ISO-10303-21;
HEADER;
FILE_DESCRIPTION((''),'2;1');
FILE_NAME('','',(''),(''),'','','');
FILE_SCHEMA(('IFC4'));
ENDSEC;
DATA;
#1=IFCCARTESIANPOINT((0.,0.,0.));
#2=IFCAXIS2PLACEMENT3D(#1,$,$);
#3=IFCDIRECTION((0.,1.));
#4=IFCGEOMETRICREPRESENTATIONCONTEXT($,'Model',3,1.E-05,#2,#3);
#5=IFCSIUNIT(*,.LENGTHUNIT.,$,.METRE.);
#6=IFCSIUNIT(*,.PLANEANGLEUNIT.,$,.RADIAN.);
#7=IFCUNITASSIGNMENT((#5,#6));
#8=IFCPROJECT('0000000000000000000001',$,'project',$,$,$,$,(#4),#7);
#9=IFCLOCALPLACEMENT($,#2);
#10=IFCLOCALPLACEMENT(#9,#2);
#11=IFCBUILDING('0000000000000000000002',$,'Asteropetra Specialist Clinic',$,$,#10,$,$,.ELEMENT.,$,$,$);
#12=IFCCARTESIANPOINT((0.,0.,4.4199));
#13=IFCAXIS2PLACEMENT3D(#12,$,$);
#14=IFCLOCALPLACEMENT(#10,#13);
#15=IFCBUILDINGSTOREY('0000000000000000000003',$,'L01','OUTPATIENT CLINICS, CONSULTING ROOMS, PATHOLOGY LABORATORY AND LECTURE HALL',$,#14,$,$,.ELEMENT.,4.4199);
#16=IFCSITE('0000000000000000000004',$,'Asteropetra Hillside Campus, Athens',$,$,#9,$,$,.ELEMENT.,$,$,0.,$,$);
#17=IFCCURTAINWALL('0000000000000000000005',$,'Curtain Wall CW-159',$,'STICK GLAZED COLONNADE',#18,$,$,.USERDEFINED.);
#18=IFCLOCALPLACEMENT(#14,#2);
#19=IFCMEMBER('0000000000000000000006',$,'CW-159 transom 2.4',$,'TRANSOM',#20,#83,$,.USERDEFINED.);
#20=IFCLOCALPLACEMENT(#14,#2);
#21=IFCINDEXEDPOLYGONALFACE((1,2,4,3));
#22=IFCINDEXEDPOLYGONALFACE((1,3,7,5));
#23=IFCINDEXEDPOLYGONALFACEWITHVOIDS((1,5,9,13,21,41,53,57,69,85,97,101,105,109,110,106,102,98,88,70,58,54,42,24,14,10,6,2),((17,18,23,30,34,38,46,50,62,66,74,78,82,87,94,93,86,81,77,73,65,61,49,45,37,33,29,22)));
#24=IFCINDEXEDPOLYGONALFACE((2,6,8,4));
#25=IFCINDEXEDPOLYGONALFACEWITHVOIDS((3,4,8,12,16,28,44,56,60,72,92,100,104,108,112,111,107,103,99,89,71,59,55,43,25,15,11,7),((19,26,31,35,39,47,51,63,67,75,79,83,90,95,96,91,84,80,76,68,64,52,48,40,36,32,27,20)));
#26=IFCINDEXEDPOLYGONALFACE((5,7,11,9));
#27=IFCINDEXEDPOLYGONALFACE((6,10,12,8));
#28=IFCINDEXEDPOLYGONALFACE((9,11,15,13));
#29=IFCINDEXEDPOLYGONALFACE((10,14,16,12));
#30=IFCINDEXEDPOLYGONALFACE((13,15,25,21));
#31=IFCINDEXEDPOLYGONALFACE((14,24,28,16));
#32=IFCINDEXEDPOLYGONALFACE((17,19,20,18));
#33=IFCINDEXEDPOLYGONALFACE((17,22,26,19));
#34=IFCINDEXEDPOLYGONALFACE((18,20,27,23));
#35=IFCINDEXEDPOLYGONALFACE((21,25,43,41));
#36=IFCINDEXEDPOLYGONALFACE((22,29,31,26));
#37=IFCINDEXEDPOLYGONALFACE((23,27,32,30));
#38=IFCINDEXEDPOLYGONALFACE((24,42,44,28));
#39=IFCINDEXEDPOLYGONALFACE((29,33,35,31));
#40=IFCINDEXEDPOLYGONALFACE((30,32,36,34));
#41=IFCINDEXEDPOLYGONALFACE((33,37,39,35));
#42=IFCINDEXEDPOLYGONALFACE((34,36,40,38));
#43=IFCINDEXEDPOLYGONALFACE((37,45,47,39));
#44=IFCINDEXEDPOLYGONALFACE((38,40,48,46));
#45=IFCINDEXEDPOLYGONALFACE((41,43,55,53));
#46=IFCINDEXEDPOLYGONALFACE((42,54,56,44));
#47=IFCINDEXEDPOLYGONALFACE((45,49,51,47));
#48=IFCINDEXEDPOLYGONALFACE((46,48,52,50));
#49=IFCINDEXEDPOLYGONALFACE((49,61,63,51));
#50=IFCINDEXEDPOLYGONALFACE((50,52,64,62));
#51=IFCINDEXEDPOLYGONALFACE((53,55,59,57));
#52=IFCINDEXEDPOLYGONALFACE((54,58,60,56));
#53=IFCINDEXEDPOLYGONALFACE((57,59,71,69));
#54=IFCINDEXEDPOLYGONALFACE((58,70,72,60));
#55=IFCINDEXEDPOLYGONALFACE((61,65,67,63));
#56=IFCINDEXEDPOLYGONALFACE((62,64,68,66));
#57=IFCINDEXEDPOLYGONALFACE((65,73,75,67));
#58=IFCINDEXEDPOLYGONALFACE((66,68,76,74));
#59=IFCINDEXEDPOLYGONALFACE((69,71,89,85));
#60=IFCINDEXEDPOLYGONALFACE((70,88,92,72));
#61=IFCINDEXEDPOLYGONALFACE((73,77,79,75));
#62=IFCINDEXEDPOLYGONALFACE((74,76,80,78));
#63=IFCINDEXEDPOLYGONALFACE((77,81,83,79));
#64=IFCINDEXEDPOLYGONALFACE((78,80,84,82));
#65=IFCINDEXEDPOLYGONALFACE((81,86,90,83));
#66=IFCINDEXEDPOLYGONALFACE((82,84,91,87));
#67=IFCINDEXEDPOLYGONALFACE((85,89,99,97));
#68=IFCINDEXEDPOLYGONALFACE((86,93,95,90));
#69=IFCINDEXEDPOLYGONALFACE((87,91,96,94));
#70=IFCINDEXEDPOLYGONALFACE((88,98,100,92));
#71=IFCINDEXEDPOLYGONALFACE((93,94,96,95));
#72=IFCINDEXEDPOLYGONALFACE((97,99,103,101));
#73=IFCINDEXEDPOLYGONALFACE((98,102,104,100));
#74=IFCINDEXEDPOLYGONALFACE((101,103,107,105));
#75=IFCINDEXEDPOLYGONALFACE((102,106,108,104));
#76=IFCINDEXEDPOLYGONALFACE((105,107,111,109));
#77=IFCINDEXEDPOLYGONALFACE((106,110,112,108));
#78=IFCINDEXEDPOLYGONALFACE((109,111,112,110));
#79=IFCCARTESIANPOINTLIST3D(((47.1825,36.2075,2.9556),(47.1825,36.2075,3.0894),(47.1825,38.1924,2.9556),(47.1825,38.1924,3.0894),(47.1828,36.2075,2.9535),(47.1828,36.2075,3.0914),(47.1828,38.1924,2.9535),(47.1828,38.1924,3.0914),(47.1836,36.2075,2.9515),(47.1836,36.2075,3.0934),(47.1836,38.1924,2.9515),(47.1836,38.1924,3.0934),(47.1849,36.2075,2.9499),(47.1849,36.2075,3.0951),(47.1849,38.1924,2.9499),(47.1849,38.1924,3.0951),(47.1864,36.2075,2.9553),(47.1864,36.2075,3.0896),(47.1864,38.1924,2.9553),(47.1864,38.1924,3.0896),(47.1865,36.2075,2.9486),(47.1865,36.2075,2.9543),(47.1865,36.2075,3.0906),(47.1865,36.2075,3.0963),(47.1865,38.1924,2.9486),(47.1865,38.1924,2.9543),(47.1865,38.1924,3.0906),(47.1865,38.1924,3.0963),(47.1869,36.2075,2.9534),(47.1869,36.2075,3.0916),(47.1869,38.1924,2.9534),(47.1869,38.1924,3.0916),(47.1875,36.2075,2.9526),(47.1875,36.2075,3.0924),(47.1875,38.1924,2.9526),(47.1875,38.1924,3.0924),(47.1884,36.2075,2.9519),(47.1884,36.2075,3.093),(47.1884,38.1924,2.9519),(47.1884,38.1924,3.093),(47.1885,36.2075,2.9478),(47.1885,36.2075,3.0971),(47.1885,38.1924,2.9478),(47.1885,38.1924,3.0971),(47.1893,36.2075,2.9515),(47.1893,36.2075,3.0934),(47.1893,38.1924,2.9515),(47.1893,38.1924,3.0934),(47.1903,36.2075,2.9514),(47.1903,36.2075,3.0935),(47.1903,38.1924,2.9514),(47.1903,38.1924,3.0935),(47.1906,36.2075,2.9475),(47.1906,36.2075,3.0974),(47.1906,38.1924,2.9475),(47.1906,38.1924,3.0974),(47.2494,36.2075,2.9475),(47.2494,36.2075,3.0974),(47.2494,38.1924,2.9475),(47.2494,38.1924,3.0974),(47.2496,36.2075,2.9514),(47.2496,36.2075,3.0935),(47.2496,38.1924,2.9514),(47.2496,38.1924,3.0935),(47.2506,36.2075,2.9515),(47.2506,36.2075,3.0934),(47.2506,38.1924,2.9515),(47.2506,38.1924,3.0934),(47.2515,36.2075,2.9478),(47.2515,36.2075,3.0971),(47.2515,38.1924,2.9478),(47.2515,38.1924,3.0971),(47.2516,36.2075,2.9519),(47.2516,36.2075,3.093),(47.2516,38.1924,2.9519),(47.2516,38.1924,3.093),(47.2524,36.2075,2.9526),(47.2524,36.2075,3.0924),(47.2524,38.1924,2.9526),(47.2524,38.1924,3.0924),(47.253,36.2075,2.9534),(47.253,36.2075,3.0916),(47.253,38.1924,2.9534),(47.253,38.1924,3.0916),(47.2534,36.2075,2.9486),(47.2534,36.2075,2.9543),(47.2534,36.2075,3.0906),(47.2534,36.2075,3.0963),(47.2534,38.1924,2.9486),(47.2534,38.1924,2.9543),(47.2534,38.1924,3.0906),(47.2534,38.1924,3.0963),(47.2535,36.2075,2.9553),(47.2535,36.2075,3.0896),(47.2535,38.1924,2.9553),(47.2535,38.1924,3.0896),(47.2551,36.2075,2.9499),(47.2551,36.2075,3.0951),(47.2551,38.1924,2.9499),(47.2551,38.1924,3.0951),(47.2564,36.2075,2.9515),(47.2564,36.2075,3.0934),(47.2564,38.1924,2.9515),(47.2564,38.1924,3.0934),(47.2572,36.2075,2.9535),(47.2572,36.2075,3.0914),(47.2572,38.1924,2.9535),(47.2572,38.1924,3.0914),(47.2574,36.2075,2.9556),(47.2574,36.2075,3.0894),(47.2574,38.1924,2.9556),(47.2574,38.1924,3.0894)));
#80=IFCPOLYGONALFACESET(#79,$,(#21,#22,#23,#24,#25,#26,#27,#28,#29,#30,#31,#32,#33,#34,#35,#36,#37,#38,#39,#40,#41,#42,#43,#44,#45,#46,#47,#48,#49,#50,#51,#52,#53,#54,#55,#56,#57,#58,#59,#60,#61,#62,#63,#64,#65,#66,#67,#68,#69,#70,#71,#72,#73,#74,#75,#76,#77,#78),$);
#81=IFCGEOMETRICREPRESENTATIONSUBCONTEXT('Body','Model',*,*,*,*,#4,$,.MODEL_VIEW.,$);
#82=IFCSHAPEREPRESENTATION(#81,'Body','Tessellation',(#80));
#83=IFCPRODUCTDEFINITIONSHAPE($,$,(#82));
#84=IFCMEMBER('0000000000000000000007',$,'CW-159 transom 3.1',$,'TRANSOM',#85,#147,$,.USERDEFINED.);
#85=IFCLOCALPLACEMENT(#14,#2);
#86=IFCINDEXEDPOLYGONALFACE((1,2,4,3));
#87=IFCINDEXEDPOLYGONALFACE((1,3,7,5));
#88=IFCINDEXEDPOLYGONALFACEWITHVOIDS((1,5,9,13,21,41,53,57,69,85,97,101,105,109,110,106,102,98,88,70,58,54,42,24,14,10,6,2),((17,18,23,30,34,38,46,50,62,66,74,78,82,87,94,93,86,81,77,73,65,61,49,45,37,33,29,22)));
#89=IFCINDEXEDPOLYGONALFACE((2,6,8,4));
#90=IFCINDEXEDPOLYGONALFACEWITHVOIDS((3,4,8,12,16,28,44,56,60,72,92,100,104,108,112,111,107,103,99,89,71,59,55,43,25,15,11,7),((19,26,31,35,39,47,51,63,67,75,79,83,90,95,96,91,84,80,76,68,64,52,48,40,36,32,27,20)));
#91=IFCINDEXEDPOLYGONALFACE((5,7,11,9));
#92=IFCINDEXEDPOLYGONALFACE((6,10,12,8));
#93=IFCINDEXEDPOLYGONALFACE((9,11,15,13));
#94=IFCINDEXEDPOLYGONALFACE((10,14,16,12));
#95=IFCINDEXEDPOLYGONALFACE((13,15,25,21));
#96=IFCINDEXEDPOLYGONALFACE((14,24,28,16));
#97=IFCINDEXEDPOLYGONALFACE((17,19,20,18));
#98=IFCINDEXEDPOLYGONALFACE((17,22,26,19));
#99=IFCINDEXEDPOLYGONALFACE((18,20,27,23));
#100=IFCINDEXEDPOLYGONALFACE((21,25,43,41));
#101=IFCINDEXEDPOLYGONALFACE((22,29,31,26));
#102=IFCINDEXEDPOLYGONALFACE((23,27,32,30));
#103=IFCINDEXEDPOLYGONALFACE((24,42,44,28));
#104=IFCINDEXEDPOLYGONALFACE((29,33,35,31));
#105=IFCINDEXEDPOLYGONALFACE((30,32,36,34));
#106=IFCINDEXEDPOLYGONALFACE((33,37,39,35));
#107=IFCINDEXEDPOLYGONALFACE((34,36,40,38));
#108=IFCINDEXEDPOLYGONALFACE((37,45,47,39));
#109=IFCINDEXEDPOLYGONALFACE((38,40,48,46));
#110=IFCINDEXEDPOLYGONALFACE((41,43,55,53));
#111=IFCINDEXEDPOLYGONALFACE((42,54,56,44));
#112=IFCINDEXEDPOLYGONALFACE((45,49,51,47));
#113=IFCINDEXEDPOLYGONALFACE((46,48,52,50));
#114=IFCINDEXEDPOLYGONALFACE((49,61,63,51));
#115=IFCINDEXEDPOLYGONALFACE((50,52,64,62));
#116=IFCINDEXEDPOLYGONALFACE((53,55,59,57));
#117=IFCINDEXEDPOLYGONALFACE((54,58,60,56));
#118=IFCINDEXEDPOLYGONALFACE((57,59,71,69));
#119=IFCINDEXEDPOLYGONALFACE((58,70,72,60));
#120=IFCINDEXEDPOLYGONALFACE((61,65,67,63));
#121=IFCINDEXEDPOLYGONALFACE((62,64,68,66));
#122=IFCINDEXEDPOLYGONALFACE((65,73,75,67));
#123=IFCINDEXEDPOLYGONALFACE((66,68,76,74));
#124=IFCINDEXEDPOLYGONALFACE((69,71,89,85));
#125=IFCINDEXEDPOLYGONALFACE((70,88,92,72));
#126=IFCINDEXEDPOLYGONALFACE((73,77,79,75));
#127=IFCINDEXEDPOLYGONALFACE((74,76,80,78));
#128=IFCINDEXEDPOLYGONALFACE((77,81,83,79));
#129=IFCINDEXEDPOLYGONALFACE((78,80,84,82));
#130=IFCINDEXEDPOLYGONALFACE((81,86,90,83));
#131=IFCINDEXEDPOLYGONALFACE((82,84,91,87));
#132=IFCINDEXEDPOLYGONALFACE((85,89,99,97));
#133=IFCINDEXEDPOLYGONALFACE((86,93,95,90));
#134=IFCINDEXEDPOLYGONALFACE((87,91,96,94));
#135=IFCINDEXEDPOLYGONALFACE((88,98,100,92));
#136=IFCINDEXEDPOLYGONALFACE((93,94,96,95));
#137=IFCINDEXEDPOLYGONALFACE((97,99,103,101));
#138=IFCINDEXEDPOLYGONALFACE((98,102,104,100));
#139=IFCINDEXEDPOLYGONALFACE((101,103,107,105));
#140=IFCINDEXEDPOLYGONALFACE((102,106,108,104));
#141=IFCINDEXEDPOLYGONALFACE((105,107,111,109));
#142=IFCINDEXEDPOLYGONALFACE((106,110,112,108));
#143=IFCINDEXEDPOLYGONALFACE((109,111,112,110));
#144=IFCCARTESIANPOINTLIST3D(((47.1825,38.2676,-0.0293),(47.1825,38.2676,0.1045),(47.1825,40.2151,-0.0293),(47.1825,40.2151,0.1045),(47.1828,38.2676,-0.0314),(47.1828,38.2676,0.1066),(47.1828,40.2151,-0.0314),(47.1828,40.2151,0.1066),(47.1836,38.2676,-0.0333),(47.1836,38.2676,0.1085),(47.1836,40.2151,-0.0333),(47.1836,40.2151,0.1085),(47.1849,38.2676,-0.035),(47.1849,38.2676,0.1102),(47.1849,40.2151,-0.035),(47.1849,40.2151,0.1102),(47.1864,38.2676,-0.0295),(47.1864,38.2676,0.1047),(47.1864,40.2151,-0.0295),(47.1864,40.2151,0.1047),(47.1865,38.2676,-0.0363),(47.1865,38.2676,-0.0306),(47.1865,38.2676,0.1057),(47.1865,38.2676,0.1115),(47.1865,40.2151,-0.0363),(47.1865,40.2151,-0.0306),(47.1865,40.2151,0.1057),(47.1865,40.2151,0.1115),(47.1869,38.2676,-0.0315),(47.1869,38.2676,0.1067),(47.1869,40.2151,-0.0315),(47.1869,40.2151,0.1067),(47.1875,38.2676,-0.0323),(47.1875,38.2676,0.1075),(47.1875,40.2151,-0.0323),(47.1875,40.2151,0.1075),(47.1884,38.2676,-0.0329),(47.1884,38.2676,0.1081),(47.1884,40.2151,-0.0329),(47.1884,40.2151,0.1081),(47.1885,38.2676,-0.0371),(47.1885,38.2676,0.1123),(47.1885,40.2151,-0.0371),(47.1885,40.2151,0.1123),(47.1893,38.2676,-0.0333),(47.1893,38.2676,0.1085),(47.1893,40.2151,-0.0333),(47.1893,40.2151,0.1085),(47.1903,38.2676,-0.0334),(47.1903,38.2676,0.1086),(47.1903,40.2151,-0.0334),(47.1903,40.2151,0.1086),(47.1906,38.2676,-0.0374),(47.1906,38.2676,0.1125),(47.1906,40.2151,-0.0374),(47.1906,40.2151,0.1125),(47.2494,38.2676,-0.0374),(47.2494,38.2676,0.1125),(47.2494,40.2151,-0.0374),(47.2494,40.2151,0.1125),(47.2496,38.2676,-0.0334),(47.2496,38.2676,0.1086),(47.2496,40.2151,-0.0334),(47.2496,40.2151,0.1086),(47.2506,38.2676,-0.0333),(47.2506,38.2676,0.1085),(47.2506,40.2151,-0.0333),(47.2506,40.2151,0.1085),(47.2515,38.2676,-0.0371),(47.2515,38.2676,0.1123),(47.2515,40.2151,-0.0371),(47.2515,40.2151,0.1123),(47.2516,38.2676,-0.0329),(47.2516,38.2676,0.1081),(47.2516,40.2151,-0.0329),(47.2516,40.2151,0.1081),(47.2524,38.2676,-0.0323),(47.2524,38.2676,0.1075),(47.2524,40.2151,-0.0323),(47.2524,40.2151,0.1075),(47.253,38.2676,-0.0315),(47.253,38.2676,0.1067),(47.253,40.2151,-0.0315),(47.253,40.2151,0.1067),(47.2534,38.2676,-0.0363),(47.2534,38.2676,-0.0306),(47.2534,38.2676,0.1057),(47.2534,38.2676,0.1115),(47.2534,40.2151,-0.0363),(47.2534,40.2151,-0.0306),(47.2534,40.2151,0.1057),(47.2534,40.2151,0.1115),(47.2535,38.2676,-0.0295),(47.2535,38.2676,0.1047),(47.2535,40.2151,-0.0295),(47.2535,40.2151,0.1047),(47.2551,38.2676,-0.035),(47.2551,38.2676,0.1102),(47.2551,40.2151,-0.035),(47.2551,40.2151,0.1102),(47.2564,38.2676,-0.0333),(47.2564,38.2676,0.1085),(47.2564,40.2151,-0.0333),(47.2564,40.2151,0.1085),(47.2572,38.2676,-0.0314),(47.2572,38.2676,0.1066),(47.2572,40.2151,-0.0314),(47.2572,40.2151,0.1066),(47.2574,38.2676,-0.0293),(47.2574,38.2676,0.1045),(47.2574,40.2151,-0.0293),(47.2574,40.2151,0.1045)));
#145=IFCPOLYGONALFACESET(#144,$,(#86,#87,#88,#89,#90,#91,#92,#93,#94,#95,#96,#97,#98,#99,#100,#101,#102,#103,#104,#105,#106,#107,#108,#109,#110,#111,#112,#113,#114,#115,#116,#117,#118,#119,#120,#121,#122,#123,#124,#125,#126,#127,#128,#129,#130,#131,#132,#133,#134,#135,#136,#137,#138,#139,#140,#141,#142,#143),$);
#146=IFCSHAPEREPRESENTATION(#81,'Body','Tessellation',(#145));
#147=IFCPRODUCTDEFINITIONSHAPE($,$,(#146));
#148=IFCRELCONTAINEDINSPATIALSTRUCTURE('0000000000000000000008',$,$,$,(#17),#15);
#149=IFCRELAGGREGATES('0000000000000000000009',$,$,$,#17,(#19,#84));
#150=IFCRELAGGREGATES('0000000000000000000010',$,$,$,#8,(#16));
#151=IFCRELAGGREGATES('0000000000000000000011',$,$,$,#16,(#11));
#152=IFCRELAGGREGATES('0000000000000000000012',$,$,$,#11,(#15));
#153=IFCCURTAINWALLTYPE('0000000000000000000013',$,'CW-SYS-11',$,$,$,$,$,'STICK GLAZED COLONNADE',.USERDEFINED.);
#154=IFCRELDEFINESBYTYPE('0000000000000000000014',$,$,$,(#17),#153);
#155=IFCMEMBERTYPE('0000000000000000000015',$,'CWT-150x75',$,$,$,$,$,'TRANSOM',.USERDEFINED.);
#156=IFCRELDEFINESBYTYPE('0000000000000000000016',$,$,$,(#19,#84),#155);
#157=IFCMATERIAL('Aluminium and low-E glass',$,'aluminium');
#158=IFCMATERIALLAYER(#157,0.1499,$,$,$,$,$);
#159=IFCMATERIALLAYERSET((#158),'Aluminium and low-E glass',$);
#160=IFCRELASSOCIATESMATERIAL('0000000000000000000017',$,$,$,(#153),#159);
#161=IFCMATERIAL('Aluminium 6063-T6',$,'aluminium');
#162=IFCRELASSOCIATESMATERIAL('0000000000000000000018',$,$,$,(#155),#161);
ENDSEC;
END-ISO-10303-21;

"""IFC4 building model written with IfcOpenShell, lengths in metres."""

from ifc_helpers import new_model, si_unit, direction, frame, origin, origin_2d, place, context, subcontext, project, spatial, hollow_rectangle, extrude, material, layer, layer_set, material_profile, profile_set, type_object, element, aggregate, save


model = new_model("IFC4")

# Units and contexts
model_context = context("Model", 3, precision=1e-05, world=origin(), true_north=direction((0.0, 1.0)))
body_context = subcontext(model_context, "Body", "Model", "MODEL_VIEW")
ifc_project = project(units=[si_unit("LENGTHUNIT", "METRE"), si_unit("PLANEANGLEUNIT", "RADIAN")], contexts=[model_context])

# Site, building, storey
site_placement = place(None, origin())
site = spatial("IfcSite", under=ifc_project, at=site_placement, Name="Asteropetra Hillside Campus, Athens", CompositionType="ELEMENT", RefElevation=0.0)
building_placement = place(site_placement, origin())
building = spatial("IfcBuilding", under=site, at=building_placement, Name="Asteropetra Specialist Clinic", CompositionType="ELEMENT")
storey_placement = place(building_placement, frame((0.0, 0.0, 4.4199)))
storey = spatial("IfcBuildingStorey", under=building, at=storey_placement, Name="L01", Description="OUTPATIENT CLINICS, CONSULTING ROOMS, PATHOLOGY LABORATORY AND LECTURE HALL", CompositionType="ELEMENT", Elevation=4.4199)

# Shared definitions
ifc_material_1 = material(Name="Aluminium and low-E glass", Category="aluminium")
ifc_layer_1 = layer(ifc_material_1, 0.1499)
ifc_layer_set_1 = layer_set([ifc_layer_1], Name="Aluminium and low-E glass")
curtain_wall_type = type_object("IfcCurtainWallType", Name="CW-SYS-11", ElementType="STICK GLAZED COLONNADE", PredefinedType="USERDEFINED", material=ifc_layer_set_1)

# Curtain wall, members
curtain_wall_1_placement = place(storey_placement, origin())
curtain_wall_1 = element("IfcCurtainWall", 1, at=curtain_wall_1_placement, inside=storey, type_object=curtain_wall_type, Name="Curtain Wall CW-159", ObjectType="STICK GLAZED COLONNADE", PredefinedType="USERDEFINED")
ifc_material_2 = material(Name="Aluminium 6063-T6", Category="aluminium")
ifc_material_profile_1 = material_profile(ifc_material_2, hollow_rectangle(XDim=0.075, YDim=0.1499, WallThickness=0.0039, InnerFilletRadius=0.0039, OuterFilletRadius=0.0081, at=origin_2d()), Name="TRN 150x75x4.0")
ifc_profile_set_1 = profile_set([ifc_material_profile_1], Name="Aluminium 6063-T6")
member_type_1 = type_object("IfcMemberType", Name="CWT-150x75", ElementType="TRANSOM", PredefinedType="USERDEFINED", material=ifc_profile_set_1)
member_1_placement = place(storey_placement, frame((47.22, 36.2075, 3.0225), z_axis=(0.0, 1.0, 0.0), x_axis=(-1.0, 0.0, 0.0)))
member_1 = element("IfcMember", 2, at=member_1_placement, type_object=member_type_1, Name="CW-159 transom 2.4", ObjectType="TRANSOM", PredefinedType="USERDEFINED", context=body_context, shape_type="SweptSolid", body=[
    extrude(hollow_rectangle(XDim=0.075, YDim=0.1499, WallThickness=0.0039, InnerFilletRadius=0.0039, OuterFilletRadius=0.0081, at=origin_2d()), origin(), (0.0, 0.0, 1.0), 1.9849),
])
member_2_placement = place(storey_placement, frame((47.22, 38.2676, 0.0376), z_axis=(0.0, 1.0, 0.0), x_axis=(-1.0, 0.0, 0.0)))
member_2 = element("IfcMember", 3, at=member_2_placement, type_object=member_type_1, Name="CW-159 transom 3.1", ObjectType="TRANSOM", PredefinedType="USERDEFINED", context=body_context, shape_type="SweptSolid", body=[
    extrude(hollow_rectangle(XDim=0.075, YDim=0.1499, WallThickness=0.0039, InnerFilletRadius=0.0039, OuterFilletRadius=0.0081, at=origin_2d()), origin(), (0.0, 0.0, 1.0), 1.9475),
])

aggregate(curtain_wall_1, [member_1, member_2])

save(model, "model.ifc")
